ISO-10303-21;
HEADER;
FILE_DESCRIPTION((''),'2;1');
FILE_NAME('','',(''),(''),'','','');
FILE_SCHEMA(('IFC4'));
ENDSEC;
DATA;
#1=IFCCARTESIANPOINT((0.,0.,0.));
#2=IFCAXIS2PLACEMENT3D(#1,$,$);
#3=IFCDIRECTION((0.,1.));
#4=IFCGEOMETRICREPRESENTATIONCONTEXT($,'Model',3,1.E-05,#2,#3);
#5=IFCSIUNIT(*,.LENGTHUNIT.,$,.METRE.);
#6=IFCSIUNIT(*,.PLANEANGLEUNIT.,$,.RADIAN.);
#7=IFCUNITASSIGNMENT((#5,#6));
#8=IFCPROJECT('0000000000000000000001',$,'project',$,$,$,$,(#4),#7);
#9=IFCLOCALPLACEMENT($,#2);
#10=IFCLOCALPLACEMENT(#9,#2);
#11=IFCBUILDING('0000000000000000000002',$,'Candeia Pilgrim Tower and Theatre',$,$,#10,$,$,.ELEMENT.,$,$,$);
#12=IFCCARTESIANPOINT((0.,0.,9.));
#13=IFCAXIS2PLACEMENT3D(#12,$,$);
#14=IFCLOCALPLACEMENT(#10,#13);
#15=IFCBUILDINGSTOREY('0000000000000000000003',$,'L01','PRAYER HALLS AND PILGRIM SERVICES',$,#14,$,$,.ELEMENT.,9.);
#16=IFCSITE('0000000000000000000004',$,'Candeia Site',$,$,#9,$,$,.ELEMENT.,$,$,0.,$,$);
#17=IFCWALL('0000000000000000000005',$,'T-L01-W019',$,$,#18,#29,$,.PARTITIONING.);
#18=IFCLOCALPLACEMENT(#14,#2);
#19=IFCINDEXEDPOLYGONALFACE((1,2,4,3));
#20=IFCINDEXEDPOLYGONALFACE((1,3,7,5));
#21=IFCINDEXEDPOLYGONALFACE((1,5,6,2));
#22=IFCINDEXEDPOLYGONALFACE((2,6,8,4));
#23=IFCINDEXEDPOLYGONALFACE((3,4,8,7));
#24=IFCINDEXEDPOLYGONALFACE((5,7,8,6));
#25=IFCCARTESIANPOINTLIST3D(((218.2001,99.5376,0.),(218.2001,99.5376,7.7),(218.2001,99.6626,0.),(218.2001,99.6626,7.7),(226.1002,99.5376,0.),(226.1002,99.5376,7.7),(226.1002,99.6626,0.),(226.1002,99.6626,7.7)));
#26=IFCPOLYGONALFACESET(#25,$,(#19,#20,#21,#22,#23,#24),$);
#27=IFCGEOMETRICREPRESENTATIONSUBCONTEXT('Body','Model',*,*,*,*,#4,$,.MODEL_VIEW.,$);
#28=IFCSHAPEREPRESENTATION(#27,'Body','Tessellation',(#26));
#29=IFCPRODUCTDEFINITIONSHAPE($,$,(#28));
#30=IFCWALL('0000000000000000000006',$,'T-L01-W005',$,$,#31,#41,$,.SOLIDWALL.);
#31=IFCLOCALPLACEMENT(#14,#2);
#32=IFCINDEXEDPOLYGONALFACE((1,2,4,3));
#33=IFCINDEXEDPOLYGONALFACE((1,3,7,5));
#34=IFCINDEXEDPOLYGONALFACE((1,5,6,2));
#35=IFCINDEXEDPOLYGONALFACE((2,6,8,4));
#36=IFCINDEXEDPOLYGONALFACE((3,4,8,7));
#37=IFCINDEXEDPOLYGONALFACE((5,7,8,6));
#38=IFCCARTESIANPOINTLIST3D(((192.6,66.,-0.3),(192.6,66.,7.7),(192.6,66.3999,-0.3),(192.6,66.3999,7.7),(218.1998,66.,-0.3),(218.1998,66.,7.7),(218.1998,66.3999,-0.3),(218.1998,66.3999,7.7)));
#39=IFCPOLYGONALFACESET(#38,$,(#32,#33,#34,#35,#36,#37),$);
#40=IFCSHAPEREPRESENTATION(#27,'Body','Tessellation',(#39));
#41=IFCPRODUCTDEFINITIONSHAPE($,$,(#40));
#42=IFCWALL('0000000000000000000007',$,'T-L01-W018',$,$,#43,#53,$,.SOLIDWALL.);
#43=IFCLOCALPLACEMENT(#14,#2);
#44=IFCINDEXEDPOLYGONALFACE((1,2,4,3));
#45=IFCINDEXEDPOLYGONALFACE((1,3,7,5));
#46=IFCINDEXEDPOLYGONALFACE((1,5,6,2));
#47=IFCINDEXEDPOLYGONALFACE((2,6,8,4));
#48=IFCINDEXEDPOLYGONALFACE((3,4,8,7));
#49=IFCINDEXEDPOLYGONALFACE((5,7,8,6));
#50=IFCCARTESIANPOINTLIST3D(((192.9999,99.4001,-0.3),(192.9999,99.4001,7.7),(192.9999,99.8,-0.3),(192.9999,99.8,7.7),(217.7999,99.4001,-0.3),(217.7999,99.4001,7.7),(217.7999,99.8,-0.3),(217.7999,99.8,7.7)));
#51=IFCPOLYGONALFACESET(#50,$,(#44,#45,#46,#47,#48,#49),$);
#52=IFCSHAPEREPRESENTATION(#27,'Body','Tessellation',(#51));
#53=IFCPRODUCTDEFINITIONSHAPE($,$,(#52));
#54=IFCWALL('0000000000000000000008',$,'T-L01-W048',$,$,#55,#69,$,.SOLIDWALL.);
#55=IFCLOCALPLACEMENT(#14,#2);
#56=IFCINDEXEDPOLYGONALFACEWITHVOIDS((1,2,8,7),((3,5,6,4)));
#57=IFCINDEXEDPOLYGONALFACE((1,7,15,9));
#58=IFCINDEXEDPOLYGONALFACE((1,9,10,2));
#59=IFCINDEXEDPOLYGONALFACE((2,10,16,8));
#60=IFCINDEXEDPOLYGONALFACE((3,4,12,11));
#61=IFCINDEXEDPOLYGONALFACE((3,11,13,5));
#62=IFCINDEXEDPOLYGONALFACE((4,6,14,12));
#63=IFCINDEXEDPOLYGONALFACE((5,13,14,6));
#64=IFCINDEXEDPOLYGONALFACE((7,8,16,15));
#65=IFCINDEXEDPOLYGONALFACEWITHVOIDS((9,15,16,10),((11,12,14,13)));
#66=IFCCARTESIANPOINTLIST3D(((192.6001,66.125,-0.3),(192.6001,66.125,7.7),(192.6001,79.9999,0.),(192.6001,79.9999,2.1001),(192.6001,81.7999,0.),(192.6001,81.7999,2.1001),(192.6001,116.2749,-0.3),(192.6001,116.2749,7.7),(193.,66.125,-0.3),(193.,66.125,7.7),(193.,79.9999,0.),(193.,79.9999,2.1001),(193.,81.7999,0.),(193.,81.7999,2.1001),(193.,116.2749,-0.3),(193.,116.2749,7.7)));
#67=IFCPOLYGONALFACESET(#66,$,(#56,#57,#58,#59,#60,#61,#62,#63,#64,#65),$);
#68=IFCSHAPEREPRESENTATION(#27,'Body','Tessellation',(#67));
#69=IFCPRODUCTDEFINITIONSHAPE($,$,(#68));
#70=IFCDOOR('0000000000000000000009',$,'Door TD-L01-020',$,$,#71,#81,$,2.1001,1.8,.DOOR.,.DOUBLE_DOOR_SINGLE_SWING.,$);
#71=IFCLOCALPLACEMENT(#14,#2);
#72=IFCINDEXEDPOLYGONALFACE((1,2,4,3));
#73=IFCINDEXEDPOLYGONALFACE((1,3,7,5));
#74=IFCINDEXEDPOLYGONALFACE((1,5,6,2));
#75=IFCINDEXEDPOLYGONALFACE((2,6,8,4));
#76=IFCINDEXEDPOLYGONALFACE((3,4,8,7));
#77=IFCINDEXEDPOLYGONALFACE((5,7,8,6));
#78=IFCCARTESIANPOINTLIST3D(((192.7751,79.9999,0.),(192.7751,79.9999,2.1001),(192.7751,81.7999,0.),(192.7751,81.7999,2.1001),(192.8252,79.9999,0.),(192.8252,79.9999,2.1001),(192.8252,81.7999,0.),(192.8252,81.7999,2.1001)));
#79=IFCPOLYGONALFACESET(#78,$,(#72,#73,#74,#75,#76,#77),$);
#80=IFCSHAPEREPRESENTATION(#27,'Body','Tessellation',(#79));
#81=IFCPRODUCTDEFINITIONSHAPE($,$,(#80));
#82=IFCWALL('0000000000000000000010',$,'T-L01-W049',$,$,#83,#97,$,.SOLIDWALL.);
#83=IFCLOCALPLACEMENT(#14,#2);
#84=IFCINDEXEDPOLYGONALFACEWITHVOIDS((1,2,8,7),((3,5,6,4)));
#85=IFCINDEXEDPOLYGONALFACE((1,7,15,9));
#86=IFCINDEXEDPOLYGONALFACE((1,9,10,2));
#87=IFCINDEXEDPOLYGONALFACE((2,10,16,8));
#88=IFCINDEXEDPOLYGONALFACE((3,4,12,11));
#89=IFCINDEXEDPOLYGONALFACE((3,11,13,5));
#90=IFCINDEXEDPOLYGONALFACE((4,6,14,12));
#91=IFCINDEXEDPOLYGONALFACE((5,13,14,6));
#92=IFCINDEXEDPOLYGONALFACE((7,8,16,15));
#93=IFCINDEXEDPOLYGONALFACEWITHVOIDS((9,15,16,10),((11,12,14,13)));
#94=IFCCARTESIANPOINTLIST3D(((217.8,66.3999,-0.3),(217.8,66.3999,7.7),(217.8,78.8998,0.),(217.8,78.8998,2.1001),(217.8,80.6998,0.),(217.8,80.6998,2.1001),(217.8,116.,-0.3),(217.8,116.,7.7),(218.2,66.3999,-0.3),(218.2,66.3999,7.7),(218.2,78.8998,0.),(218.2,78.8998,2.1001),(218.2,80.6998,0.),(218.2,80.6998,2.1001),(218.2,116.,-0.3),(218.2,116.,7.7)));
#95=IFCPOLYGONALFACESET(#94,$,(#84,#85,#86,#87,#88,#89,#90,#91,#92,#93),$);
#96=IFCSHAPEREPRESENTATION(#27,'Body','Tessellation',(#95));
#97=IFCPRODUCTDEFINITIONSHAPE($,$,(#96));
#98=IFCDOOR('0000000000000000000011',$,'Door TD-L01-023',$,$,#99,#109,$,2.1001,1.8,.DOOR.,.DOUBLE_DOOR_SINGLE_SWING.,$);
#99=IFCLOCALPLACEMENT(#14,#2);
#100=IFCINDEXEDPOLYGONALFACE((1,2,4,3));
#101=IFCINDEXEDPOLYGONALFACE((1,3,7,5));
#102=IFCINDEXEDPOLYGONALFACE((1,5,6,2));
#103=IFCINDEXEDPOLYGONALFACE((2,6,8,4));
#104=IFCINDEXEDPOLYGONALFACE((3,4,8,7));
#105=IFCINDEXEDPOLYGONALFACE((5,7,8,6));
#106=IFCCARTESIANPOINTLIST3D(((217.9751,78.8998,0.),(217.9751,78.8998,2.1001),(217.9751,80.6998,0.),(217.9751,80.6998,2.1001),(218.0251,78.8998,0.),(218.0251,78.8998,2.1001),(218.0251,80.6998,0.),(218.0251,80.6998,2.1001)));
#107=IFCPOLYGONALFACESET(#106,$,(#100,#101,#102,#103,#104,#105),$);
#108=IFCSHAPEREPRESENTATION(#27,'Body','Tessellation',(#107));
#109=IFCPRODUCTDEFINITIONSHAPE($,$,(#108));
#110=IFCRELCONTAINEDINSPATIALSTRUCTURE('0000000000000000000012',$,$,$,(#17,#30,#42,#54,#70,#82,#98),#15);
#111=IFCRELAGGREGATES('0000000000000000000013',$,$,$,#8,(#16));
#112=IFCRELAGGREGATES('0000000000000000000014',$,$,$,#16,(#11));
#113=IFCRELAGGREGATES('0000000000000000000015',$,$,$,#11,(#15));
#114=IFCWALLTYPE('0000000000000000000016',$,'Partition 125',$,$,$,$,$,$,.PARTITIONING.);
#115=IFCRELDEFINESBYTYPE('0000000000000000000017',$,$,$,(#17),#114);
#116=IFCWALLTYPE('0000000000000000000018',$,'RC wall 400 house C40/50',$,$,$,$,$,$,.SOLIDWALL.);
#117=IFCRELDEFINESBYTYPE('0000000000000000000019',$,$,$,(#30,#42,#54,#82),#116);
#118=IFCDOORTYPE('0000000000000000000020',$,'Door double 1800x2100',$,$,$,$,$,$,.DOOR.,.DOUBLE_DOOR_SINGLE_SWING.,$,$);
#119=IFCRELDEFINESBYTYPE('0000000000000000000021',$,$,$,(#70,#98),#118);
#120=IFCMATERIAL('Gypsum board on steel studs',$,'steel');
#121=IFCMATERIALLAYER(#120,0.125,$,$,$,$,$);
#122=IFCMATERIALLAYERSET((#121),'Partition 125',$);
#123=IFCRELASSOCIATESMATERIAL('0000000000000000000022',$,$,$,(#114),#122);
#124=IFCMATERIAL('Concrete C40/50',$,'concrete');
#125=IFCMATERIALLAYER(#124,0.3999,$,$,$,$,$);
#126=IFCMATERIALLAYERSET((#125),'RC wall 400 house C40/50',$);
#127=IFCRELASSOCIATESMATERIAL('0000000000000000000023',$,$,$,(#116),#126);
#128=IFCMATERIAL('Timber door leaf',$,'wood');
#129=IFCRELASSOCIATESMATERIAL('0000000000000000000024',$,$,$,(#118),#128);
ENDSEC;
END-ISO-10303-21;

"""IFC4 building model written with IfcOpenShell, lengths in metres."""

from ifc_helpers import new_model, si_unit, direction, frame, frame_2d, origin, place, context, subcontext, project, spatial, rectangle, extrude, material, layer, layer_set, type_object, element, fill, save


model = new_model("IFC4")

# Units and contexts
model_context = context("Model", 3, precision=1e-05, world=origin(), true_north=direction((0.0, 1.0)))
body_context = subcontext(model_context, "Body", "Model", "MODEL_VIEW")
ifc_project = project(units=[si_unit("LENGTHUNIT", "METRE"), si_unit("PLANEANGLEUNIT", "RADIAN")], contexts=[model_context])

# Site, building, storey
site_placement = place(None, origin())
site = spatial("IfcSite", under=ifc_project, at=site_placement, Name="Candeia Site", CompositionType="ELEMENT", RefElevation=0.0)
building_placement = place(site_placement, origin())
building = spatial("IfcBuilding", under=site, at=building_placement, Name="Candeia Pilgrim Tower and Theatre", CompositionType="ELEMENT")
storey_placement = place(building_placement, frame((0.0, 0.0, 9.0)))
storey = spatial("IfcBuildingStorey", under=building, at=storey_placement, Name="L01", Description="PRAYER HALLS AND PILGRIM SERVICES", CompositionType="ELEMENT", Elevation=9.0)

# Shared definitions
ifc_material_1 = material(Name="Gypsum board on steel studs", Category="steel")
ifc_layer_1 = layer(ifc_material_1, 0.125)
ifc_layer_set_1 = layer_set([ifc_layer_1], Name="Partition 125")
wall_type_1 = type_object("IfcWallType", Name="Partition 125", PredefinedType="PARTITIONING", material=ifc_layer_set_1)

# Shared definitions
ifc_material_2 = material(Name="Timber door leaf", Category="wood")

# Walls
wall_1_placement = place(storey_placement, frame((218.2, 99.6001, 0.0), z_axis=(0.0, 0.0, 1.0), x_axis=(1.0, 0.0, 0.0)))
element("IfcWall", 1, at=wall_1_placement, inside=storey, type_object=wall_type_1, Name="T-L01-W019", PredefinedType="PARTITIONING", context=body_context, shape_type="SweptSolid", body=[
    extrude(rectangle(XDim=7.9001, YDim=0.125, at=frame_2d((3.9502, 0.0))), origin(), (0.0, 0.0, 1.0), 7.7),
])
ifc_material_3 = material(Name="Concrete C40/50", Category="concrete")
ifc_layer_2 = layer(ifc_material_3, 0.3999)
ifc_layer_set_2 = layer_set([ifc_layer_2], Name="RC wall 400 house C40/50")
wall_type_2 = type_object("IfcWallType", Name="RC wall 400 house C40/50", PredefinedType="SOLIDWALL", material=ifc_layer_set_2)
wall_2_placement = place(storey_placement, frame((192.6001, 66.2, -0.3), z_axis=(0.0, 0.0, 1.0), x_axis=(1.0, 0.0, 0.0)))
element("IfcWall", 2, at=wall_2_placement, inside=storey, type_object=wall_type_2, Name="T-L01-W005", PredefinedType="SOLIDWALL", context=body_context, shape_type="SweptSolid", body=[
    extrude(rectangle(XDim=25.5999, YDim=0.3999, at=frame_2d((12.7998, 0.0))), origin(), (0.0, 0.0, 1.0), 8.0),
])
wall_3_placement = place(storey_placement, frame((193.0, 99.6001, -0.3), z_axis=(0.0, 0.0, 1.0), x_axis=(1.0, 0.0, 0.0)))
element("IfcWall", 3, at=wall_3_placement, inside=storey, type_object=wall_type_2, Name="T-L01-W018", PredefinedType="SOLIDWALL", context=body_context, shape_type="SweptSolid", body=[
    extrude(rectangle(XDim=24.8, YDim=0.3999, at=frame_2d((12.3999, 0.0))), origin(), (0.0, 0.0, 1.0), 8.0),
])

# Walls, openings, doors
wall_4_placement = place(storey_placement, frame((192.8, 66.125, -0.3), z_axis=(0.0, 0.0, 1.0), x_axis=(0.0, 1.0, 0.0)))
wall_4 = element("IfcWall", 4, at=wall_4_placement, inside=storey, type_object=wall_type_2, Name="T-L01-W048", PredefinedType="SOLIDWALL", context=body_context, shape_type="SweptSolid", body=[
    extrude(rectangle(XDim=50.1499, YDim=0.3999, at=frame_2d((25.075, 0.0))), origin(), (0.0, 0.0, 1.0), 8.0),
])
opening_1_placement = place(wall_4_placement, frame((13.875, 0.0, 0.3)))
opening_1 = element("IfcOpeningElement", 5, at=opening_1_placement, cuts=wall_4, PredefinedType="OPENING", context=body_context, shape_type="SweptSolid", body=[
    extrude(rectangle(XDim=1.8, YDim=2.1001, at=frame_2d((0.8999, 1.05))), frame((0.0, 0.21, 0.0), z_axis=(0.0, -1.0, 0.0), x_axis=(1.0, 0.0, 0.0)), (0.0, 0.0, 1.0), 0.4199),
])
door_type_1 = type_object("IfcDoorType", Name="Door double 1800x2100", OperationType="DOUBLE_DOOR_SINGLE_SWING", PredefinedType="DOOR", material=ifc_material_2)
door_1_placement = place(opening_1_placement, origin())
door_1 = element("IfcDoor", 6, at=door_1_placement, inside=storey, type_object=door_type_1, Name="Door TD-L01-020", OperationType="DOUBLE_DOOR_SINGLE_SWING", OverallHeight=2.1001, OverallWidth=1.8, PredefinedType="DOOR", context=body_context, shape_type="SweptSolid", body=[
    extrude(rectangle(XDim=1.8, YDim=2.1001, at=frame_2d((0.8999, 1.05))), frame((0.0, 0.0249, 0.0), z_axis=(0.0, -1.0, 0.0), x_axis=(1.0, 0.0, 0.0)), (0.0, 0.0, 1.0), 0.05),
])
fill(opening_1, door_1)
wall_5_placement = place(storey_placement, frame((218.0, 66.3999, -0.3), z_axis=(0.0, 0.0, 1.0), x_axis=(0.0, 1.0, 0.0)))
wall_5 = element("IfcWall", 7, at=wall_5_placement, inside=storey, type_object=wall_type_2, Name="T-L01-W049", PredefinedType="SOLIDWALL", context=body_context, shape_type="SweptSolid", body=[
    extrude(rectangle(XDim=49.6001, YDim=0.3999, at=frame_2d((24.8, 0.0))), origin(), (0.0, 0.0, 1.0), 8.0),
])
opening_2_placement = place(wall_5_placement, frame((12.5, 0.0, 0.3)))
opening_2 = element("IfcOpeningElement", 8, at=opening_2_placement, cuts=wall_5, PredefinedType="OPENING", context=body_context, shape_type="SweptSolid", body=[
    extrude(rectangle(XDim=1.8, YDim=2.1001, at=frame_2d((0.8999, 1.05))), frame((0.0, 0.21, 0.0), z_axis=(0.0, -1.0, 0.0), x_axis=(1.0, 0.0, 0.0)), (0.0, 0.0, 1.0), 0.4199),
])
door_2_placement = place(opening_2_placement, origin())
door_2 = element("IfcDoor", 9, at=door_2_placement, inside=storey, type_object=door_type_1, Name="Door TD-L01-023", OperationType="DOUBLE_DOOR_SINGLE_SWING", OverallHeight=2.1001, OverallWidth=1.8, PredefinedType="DOOR", context=body_context, shape_type="SweptSolid", body=[
    extrude(rectangle(XDim=1.8, YDim=2.1001, at=frame_2d((0.8999, 1.05))), frame((0.0, 0.0249, 0.0), z_axis=(0.0, -1.0, 0.0), x_axis=(1.0, 0.0, 0.0)), (0.0, 0.0, 1.0), 0.05),
])
fill(opening_2, door_2)

save(model, "model.ifc")
